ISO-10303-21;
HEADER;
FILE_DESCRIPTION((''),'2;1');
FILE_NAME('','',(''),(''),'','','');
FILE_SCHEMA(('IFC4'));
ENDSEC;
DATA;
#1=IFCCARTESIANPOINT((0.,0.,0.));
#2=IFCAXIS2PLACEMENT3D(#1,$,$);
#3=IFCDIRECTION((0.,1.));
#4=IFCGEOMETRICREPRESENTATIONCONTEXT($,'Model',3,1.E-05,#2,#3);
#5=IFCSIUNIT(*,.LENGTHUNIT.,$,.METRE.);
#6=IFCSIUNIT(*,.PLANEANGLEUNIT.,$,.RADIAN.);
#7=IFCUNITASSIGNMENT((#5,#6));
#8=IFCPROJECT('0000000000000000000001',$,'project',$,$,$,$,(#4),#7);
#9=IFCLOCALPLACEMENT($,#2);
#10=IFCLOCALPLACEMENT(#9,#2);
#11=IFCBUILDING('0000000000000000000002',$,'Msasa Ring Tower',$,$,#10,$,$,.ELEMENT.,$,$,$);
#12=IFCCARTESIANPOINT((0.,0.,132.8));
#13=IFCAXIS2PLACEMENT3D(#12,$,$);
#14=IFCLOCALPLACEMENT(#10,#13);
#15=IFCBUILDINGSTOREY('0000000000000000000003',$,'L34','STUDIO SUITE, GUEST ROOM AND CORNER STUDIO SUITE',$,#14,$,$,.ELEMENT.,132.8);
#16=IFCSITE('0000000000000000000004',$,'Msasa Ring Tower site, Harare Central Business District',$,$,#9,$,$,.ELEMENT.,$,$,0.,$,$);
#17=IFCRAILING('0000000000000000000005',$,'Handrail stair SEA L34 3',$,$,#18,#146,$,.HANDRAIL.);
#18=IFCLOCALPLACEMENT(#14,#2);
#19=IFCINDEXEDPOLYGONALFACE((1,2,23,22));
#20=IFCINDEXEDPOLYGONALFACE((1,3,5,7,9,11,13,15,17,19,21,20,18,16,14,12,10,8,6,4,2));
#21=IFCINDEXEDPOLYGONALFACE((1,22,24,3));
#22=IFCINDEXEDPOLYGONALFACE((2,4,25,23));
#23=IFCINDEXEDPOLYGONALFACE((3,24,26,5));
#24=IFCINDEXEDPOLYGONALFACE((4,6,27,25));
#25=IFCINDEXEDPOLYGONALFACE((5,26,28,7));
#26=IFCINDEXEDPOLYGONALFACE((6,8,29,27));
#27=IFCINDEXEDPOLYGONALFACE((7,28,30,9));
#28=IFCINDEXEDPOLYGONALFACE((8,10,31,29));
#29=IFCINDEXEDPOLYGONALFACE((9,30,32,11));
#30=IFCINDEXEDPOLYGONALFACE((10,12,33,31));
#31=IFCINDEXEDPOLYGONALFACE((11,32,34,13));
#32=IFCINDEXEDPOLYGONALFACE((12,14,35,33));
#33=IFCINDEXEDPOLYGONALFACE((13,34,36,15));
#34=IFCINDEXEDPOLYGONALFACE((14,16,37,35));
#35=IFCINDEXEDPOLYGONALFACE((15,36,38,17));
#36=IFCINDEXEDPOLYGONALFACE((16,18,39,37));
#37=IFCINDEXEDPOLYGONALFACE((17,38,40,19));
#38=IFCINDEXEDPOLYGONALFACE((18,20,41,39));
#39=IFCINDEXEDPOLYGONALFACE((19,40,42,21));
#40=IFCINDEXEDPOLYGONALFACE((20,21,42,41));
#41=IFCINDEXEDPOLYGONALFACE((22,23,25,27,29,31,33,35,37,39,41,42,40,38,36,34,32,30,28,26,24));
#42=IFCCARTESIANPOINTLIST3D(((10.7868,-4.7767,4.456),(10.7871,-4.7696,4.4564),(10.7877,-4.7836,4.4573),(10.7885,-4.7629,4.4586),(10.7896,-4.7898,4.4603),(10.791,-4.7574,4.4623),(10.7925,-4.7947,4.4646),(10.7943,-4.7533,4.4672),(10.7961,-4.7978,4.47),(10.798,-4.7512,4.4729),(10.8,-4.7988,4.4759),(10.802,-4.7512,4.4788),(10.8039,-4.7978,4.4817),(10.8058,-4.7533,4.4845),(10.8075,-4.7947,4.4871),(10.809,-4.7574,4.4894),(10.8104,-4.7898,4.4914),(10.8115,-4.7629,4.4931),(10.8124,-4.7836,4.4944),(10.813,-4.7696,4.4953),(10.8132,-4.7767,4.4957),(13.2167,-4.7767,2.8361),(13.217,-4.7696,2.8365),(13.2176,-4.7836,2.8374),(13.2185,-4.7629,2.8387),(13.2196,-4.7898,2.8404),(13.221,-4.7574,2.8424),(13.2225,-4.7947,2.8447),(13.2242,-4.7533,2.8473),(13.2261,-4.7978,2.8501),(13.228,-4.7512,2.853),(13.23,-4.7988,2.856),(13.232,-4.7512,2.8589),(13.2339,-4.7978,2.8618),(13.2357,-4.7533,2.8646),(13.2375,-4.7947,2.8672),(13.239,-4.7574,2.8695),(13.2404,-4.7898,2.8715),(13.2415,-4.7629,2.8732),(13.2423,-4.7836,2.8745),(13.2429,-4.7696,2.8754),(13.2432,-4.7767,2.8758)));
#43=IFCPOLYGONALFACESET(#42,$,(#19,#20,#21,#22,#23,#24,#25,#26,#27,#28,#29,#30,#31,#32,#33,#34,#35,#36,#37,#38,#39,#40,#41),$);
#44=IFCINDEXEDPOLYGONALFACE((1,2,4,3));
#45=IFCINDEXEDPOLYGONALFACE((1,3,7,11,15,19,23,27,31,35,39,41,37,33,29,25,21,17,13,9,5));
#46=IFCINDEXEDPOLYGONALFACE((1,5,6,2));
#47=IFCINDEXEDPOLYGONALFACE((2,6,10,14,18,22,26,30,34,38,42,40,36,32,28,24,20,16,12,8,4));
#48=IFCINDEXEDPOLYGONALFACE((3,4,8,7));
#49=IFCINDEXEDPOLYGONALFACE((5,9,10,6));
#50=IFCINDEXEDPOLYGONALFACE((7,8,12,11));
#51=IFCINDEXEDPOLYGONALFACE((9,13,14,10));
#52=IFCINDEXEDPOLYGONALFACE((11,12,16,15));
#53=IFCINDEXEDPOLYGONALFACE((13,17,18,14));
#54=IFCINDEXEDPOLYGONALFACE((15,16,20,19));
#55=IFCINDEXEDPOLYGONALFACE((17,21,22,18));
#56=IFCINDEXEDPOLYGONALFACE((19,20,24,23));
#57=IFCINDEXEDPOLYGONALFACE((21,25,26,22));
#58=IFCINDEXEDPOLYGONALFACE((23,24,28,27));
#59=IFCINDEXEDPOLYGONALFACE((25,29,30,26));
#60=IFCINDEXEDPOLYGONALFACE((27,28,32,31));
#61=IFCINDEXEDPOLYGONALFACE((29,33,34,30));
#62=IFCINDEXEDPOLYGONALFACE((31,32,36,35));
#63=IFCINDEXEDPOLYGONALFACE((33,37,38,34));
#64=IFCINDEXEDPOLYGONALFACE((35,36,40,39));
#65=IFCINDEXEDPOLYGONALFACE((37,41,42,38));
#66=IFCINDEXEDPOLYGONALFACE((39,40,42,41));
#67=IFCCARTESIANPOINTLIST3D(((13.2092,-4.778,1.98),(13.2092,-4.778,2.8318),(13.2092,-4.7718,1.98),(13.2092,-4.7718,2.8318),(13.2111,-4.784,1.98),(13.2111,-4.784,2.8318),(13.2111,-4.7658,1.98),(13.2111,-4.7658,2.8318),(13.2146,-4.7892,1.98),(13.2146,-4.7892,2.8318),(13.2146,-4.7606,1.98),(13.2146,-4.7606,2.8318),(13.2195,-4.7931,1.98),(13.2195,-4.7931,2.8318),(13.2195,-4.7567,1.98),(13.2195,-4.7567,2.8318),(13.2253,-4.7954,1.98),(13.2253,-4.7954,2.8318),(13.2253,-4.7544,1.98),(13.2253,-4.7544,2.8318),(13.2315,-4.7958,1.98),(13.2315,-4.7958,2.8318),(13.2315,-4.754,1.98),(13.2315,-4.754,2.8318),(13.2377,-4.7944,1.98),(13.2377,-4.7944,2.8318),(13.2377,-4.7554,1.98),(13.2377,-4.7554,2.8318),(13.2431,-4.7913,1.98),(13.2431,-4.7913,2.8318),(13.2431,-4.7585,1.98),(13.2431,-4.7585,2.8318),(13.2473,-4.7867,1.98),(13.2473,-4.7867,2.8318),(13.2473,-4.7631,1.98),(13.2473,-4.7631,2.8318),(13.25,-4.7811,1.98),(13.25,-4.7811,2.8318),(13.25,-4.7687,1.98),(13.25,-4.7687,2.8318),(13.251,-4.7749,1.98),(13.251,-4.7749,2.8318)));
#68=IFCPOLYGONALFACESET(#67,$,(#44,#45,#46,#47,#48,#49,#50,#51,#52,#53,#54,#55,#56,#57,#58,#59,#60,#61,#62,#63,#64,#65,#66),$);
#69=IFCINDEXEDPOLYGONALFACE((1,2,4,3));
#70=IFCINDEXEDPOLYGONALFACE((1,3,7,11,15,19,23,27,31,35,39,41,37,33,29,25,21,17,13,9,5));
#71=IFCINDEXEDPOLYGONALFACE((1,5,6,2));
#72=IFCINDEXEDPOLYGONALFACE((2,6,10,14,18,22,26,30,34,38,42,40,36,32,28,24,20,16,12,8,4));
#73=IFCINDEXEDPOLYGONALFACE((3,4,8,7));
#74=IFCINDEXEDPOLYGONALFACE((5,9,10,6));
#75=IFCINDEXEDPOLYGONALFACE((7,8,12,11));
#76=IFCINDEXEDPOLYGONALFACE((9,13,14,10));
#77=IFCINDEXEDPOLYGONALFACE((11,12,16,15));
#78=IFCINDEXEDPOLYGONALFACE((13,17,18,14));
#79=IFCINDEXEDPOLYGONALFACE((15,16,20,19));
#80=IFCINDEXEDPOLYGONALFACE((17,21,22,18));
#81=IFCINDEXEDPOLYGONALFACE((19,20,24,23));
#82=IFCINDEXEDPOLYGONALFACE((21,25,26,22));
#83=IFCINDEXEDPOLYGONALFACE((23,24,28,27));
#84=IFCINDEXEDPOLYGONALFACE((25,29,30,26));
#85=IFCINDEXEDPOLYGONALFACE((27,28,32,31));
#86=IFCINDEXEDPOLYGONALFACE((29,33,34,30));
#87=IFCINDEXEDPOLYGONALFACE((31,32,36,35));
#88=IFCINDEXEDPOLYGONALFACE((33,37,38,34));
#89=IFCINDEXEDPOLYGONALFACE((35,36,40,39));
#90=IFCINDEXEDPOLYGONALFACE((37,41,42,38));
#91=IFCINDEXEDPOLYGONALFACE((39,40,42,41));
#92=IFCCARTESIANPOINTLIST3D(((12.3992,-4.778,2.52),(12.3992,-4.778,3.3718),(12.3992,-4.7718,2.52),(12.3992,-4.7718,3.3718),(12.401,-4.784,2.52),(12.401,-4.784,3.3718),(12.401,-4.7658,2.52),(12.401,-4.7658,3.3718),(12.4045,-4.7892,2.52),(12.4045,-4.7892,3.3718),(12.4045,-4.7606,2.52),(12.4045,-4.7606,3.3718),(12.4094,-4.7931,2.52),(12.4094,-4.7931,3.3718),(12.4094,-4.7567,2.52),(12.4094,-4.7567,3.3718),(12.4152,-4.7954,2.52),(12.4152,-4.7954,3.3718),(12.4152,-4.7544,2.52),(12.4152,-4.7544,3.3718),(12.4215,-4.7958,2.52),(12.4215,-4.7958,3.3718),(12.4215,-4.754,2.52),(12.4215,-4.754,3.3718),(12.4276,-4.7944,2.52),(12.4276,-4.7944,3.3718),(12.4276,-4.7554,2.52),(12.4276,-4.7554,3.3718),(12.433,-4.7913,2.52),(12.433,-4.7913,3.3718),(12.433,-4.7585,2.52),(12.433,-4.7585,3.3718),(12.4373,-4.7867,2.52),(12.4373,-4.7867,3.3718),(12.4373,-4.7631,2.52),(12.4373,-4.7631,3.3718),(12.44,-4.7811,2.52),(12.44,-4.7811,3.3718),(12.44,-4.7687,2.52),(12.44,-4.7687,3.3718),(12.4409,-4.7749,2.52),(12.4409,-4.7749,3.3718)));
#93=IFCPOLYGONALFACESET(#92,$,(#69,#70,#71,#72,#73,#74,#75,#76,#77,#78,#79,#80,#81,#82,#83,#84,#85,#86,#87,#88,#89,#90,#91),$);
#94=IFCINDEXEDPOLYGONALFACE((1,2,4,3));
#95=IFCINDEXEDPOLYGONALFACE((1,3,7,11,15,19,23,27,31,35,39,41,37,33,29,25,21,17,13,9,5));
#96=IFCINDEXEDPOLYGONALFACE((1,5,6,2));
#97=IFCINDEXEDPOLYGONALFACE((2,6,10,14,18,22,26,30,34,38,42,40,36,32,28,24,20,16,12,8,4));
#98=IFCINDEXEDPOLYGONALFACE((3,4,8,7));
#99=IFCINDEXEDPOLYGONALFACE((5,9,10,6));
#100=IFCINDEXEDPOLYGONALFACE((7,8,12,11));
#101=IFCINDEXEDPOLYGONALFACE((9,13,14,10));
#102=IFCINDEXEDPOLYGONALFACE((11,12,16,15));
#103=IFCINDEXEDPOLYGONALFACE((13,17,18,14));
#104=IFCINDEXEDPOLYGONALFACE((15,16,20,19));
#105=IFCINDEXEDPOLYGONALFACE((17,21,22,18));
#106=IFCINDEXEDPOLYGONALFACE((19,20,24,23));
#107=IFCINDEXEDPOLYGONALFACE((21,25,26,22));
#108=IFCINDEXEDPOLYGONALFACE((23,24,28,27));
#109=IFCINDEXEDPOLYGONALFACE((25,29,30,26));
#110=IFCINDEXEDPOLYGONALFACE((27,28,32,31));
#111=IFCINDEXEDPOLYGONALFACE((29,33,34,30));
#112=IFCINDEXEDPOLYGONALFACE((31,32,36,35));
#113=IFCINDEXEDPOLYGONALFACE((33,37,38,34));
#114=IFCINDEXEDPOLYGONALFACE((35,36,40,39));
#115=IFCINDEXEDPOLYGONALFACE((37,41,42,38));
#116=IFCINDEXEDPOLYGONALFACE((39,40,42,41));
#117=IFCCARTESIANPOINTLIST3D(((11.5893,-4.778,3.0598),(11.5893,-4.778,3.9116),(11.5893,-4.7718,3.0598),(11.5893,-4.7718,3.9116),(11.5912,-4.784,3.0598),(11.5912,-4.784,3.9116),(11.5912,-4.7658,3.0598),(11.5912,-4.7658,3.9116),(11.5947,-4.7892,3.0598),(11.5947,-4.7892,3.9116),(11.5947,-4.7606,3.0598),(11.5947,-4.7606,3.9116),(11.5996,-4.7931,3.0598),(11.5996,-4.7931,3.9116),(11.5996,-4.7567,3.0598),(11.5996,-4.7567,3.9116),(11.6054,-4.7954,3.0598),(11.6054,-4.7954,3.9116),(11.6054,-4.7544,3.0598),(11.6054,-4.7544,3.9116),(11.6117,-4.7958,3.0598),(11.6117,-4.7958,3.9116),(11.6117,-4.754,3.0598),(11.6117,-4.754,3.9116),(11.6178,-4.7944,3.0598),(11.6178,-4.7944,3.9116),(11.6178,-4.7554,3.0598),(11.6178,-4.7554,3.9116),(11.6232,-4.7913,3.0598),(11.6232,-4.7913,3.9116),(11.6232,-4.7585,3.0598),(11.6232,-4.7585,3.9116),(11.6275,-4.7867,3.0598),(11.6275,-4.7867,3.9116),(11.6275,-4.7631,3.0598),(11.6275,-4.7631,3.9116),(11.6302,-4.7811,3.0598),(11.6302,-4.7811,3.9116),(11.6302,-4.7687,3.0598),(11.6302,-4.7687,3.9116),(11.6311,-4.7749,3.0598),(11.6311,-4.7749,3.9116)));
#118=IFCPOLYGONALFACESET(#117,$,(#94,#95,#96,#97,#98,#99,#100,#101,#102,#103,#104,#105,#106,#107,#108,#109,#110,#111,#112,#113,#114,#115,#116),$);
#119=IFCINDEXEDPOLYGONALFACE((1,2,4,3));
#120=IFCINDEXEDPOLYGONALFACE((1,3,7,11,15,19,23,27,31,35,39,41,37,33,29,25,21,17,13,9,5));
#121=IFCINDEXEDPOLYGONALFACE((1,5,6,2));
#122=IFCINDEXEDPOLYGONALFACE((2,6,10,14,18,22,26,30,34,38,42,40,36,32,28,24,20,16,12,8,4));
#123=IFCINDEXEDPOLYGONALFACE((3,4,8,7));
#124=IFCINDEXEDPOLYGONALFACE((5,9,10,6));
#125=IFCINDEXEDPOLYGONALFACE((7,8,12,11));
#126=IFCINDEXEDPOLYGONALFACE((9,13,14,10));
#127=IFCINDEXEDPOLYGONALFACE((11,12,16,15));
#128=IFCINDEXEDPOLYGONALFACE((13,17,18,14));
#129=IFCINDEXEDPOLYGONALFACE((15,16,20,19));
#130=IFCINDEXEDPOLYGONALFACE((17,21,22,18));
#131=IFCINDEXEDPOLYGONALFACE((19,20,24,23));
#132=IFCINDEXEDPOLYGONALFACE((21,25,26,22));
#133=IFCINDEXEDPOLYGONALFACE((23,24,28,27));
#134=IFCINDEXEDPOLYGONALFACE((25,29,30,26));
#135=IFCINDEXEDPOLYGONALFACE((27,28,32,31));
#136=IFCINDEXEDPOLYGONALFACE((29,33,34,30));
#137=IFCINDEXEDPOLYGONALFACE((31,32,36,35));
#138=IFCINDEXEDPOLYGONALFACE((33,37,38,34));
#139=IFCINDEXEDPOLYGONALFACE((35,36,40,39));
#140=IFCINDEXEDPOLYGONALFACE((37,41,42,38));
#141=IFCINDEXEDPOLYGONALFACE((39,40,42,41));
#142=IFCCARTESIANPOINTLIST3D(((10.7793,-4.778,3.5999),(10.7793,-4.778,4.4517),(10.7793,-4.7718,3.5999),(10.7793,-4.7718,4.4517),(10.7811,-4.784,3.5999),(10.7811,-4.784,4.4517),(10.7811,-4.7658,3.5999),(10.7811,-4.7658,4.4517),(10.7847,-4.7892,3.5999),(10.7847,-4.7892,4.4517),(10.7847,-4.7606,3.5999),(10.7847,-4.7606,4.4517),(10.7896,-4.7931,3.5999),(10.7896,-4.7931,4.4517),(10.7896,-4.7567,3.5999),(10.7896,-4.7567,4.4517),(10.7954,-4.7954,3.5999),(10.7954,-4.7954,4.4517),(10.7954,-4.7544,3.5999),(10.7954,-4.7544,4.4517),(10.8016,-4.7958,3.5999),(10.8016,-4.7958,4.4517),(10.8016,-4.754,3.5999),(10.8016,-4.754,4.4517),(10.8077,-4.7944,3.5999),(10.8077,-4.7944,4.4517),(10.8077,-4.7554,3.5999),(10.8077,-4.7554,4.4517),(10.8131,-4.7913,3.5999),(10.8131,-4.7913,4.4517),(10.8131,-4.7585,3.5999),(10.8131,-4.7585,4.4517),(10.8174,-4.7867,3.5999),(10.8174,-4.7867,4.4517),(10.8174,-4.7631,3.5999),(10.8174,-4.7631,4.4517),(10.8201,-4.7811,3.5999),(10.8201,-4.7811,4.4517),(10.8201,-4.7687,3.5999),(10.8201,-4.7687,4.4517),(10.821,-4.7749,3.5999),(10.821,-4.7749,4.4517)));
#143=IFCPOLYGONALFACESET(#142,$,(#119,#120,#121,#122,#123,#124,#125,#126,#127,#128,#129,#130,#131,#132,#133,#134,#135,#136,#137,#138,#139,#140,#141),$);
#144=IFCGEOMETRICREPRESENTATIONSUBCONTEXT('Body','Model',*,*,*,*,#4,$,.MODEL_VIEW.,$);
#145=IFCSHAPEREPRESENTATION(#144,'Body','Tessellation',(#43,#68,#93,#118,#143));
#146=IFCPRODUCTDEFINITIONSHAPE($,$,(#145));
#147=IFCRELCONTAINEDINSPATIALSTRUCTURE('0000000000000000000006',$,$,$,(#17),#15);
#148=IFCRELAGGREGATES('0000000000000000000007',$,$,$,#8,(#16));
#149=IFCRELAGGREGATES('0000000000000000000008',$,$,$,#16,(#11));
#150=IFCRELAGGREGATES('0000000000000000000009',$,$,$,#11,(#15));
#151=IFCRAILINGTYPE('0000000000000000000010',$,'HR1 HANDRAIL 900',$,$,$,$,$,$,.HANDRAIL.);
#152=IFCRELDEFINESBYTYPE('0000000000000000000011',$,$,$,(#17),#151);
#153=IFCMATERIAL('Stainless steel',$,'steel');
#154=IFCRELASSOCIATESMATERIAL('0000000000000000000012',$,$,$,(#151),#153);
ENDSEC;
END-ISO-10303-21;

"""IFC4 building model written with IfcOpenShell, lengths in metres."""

from ifc_helpers import new_model, si_unit, direction, frame, origin, origin_2d, place, context, subcontext, project, spatial, circle, extrude, material, type_object, element, save


model = new_model("IFC4")

# Units and contexts
model_context = context("Model", 3, precision=1e-05, world=origin(), true_north=direction((0.0, 1.0)))
body_context = subcontext(model_context, "Body", "Model", "MODEL_VIEW")
ifc_project = project(units=[si_unit("LENGTHUNIT", "METRE"), si_unit("PLANEANGLEUNIT", "RADIAN")], contexts=[model_context])

# Site, building, storey
site_placement = place(None, origin())
site = spatial("IfcSite", under=ifc_project, at=site_placement, Name="Msasa Ring Tower site, Harare Central Business District", CompositionType="ELEMENT", RefElevation=0.0)
building_placement = place(site_placement, origin())
building = spatial("IfcBuilding", under=site, at=building_placement, Name="Msasa Ring Tower", CompositionType="ELEMENT")
storey_placement = place(building_placement, frame((0.0, 0.0, 132.8)))
storey = spatial("IfcBuildingStorey", under=building, at=storey_placement, Name="L34", Description="STUDIO SUITE, GUEST ROOM AND CORNER STUDIO SUITE", CompositionType="ELEMENT", Elevation=132.8)

# Railing
ifc_material_1 = material(Name="Stainless steel", Category="steel")
railing_type = type_object("IfcRailingType", Name="HR1 HANDRAIL 900", PredefinedType="HANDRAIL", material=ifc_material_1)
railing_placement = place(storey_placement, frame((13.23, -4.7749, 1.98)))
element("IfcRailing", 1, at=railing_placement, inside=storey, type_object=railing_type, Name="Handrail stair SEA L34 3", PredefinedType="HANDRAIL", context=body_context, shape_type="SweptSolid", body=[
    extrude(circle(Radius=0.0239, at=origin_2d()), frame((0.0, 0.0, 0.876), z_axis=(-0.832063, 0.0, 0.554681), x_axis=(0.0, -1.0, 0.0)), (0.0, 0.0, 1.0), 2.9204),
    extrude(circle(Radius=0.021, at=origin_2d()), origin(), (0.0, 0.0, 1.0), 0.8518),
    extrude(circle(Radius=0.021, at=origin_2d()), frame((-0.8101, 0.0, 0.54)), (0.0, 0.0, 1.0), 0.8518),
    extrude(circle(Radius=0.021, at=origin_2d()), frame((-1.6199, 0.0, 1.0798)), (0.0, 0.0, 1.0), 0.8518),
    extrude(circle(Radius=0.021, at=origin_2d()), frame((-2.4299, 0.0, 1.6199)), (0.0, 0.0, 1.0), 0.8518),
])

save(model, "model.ifc")
